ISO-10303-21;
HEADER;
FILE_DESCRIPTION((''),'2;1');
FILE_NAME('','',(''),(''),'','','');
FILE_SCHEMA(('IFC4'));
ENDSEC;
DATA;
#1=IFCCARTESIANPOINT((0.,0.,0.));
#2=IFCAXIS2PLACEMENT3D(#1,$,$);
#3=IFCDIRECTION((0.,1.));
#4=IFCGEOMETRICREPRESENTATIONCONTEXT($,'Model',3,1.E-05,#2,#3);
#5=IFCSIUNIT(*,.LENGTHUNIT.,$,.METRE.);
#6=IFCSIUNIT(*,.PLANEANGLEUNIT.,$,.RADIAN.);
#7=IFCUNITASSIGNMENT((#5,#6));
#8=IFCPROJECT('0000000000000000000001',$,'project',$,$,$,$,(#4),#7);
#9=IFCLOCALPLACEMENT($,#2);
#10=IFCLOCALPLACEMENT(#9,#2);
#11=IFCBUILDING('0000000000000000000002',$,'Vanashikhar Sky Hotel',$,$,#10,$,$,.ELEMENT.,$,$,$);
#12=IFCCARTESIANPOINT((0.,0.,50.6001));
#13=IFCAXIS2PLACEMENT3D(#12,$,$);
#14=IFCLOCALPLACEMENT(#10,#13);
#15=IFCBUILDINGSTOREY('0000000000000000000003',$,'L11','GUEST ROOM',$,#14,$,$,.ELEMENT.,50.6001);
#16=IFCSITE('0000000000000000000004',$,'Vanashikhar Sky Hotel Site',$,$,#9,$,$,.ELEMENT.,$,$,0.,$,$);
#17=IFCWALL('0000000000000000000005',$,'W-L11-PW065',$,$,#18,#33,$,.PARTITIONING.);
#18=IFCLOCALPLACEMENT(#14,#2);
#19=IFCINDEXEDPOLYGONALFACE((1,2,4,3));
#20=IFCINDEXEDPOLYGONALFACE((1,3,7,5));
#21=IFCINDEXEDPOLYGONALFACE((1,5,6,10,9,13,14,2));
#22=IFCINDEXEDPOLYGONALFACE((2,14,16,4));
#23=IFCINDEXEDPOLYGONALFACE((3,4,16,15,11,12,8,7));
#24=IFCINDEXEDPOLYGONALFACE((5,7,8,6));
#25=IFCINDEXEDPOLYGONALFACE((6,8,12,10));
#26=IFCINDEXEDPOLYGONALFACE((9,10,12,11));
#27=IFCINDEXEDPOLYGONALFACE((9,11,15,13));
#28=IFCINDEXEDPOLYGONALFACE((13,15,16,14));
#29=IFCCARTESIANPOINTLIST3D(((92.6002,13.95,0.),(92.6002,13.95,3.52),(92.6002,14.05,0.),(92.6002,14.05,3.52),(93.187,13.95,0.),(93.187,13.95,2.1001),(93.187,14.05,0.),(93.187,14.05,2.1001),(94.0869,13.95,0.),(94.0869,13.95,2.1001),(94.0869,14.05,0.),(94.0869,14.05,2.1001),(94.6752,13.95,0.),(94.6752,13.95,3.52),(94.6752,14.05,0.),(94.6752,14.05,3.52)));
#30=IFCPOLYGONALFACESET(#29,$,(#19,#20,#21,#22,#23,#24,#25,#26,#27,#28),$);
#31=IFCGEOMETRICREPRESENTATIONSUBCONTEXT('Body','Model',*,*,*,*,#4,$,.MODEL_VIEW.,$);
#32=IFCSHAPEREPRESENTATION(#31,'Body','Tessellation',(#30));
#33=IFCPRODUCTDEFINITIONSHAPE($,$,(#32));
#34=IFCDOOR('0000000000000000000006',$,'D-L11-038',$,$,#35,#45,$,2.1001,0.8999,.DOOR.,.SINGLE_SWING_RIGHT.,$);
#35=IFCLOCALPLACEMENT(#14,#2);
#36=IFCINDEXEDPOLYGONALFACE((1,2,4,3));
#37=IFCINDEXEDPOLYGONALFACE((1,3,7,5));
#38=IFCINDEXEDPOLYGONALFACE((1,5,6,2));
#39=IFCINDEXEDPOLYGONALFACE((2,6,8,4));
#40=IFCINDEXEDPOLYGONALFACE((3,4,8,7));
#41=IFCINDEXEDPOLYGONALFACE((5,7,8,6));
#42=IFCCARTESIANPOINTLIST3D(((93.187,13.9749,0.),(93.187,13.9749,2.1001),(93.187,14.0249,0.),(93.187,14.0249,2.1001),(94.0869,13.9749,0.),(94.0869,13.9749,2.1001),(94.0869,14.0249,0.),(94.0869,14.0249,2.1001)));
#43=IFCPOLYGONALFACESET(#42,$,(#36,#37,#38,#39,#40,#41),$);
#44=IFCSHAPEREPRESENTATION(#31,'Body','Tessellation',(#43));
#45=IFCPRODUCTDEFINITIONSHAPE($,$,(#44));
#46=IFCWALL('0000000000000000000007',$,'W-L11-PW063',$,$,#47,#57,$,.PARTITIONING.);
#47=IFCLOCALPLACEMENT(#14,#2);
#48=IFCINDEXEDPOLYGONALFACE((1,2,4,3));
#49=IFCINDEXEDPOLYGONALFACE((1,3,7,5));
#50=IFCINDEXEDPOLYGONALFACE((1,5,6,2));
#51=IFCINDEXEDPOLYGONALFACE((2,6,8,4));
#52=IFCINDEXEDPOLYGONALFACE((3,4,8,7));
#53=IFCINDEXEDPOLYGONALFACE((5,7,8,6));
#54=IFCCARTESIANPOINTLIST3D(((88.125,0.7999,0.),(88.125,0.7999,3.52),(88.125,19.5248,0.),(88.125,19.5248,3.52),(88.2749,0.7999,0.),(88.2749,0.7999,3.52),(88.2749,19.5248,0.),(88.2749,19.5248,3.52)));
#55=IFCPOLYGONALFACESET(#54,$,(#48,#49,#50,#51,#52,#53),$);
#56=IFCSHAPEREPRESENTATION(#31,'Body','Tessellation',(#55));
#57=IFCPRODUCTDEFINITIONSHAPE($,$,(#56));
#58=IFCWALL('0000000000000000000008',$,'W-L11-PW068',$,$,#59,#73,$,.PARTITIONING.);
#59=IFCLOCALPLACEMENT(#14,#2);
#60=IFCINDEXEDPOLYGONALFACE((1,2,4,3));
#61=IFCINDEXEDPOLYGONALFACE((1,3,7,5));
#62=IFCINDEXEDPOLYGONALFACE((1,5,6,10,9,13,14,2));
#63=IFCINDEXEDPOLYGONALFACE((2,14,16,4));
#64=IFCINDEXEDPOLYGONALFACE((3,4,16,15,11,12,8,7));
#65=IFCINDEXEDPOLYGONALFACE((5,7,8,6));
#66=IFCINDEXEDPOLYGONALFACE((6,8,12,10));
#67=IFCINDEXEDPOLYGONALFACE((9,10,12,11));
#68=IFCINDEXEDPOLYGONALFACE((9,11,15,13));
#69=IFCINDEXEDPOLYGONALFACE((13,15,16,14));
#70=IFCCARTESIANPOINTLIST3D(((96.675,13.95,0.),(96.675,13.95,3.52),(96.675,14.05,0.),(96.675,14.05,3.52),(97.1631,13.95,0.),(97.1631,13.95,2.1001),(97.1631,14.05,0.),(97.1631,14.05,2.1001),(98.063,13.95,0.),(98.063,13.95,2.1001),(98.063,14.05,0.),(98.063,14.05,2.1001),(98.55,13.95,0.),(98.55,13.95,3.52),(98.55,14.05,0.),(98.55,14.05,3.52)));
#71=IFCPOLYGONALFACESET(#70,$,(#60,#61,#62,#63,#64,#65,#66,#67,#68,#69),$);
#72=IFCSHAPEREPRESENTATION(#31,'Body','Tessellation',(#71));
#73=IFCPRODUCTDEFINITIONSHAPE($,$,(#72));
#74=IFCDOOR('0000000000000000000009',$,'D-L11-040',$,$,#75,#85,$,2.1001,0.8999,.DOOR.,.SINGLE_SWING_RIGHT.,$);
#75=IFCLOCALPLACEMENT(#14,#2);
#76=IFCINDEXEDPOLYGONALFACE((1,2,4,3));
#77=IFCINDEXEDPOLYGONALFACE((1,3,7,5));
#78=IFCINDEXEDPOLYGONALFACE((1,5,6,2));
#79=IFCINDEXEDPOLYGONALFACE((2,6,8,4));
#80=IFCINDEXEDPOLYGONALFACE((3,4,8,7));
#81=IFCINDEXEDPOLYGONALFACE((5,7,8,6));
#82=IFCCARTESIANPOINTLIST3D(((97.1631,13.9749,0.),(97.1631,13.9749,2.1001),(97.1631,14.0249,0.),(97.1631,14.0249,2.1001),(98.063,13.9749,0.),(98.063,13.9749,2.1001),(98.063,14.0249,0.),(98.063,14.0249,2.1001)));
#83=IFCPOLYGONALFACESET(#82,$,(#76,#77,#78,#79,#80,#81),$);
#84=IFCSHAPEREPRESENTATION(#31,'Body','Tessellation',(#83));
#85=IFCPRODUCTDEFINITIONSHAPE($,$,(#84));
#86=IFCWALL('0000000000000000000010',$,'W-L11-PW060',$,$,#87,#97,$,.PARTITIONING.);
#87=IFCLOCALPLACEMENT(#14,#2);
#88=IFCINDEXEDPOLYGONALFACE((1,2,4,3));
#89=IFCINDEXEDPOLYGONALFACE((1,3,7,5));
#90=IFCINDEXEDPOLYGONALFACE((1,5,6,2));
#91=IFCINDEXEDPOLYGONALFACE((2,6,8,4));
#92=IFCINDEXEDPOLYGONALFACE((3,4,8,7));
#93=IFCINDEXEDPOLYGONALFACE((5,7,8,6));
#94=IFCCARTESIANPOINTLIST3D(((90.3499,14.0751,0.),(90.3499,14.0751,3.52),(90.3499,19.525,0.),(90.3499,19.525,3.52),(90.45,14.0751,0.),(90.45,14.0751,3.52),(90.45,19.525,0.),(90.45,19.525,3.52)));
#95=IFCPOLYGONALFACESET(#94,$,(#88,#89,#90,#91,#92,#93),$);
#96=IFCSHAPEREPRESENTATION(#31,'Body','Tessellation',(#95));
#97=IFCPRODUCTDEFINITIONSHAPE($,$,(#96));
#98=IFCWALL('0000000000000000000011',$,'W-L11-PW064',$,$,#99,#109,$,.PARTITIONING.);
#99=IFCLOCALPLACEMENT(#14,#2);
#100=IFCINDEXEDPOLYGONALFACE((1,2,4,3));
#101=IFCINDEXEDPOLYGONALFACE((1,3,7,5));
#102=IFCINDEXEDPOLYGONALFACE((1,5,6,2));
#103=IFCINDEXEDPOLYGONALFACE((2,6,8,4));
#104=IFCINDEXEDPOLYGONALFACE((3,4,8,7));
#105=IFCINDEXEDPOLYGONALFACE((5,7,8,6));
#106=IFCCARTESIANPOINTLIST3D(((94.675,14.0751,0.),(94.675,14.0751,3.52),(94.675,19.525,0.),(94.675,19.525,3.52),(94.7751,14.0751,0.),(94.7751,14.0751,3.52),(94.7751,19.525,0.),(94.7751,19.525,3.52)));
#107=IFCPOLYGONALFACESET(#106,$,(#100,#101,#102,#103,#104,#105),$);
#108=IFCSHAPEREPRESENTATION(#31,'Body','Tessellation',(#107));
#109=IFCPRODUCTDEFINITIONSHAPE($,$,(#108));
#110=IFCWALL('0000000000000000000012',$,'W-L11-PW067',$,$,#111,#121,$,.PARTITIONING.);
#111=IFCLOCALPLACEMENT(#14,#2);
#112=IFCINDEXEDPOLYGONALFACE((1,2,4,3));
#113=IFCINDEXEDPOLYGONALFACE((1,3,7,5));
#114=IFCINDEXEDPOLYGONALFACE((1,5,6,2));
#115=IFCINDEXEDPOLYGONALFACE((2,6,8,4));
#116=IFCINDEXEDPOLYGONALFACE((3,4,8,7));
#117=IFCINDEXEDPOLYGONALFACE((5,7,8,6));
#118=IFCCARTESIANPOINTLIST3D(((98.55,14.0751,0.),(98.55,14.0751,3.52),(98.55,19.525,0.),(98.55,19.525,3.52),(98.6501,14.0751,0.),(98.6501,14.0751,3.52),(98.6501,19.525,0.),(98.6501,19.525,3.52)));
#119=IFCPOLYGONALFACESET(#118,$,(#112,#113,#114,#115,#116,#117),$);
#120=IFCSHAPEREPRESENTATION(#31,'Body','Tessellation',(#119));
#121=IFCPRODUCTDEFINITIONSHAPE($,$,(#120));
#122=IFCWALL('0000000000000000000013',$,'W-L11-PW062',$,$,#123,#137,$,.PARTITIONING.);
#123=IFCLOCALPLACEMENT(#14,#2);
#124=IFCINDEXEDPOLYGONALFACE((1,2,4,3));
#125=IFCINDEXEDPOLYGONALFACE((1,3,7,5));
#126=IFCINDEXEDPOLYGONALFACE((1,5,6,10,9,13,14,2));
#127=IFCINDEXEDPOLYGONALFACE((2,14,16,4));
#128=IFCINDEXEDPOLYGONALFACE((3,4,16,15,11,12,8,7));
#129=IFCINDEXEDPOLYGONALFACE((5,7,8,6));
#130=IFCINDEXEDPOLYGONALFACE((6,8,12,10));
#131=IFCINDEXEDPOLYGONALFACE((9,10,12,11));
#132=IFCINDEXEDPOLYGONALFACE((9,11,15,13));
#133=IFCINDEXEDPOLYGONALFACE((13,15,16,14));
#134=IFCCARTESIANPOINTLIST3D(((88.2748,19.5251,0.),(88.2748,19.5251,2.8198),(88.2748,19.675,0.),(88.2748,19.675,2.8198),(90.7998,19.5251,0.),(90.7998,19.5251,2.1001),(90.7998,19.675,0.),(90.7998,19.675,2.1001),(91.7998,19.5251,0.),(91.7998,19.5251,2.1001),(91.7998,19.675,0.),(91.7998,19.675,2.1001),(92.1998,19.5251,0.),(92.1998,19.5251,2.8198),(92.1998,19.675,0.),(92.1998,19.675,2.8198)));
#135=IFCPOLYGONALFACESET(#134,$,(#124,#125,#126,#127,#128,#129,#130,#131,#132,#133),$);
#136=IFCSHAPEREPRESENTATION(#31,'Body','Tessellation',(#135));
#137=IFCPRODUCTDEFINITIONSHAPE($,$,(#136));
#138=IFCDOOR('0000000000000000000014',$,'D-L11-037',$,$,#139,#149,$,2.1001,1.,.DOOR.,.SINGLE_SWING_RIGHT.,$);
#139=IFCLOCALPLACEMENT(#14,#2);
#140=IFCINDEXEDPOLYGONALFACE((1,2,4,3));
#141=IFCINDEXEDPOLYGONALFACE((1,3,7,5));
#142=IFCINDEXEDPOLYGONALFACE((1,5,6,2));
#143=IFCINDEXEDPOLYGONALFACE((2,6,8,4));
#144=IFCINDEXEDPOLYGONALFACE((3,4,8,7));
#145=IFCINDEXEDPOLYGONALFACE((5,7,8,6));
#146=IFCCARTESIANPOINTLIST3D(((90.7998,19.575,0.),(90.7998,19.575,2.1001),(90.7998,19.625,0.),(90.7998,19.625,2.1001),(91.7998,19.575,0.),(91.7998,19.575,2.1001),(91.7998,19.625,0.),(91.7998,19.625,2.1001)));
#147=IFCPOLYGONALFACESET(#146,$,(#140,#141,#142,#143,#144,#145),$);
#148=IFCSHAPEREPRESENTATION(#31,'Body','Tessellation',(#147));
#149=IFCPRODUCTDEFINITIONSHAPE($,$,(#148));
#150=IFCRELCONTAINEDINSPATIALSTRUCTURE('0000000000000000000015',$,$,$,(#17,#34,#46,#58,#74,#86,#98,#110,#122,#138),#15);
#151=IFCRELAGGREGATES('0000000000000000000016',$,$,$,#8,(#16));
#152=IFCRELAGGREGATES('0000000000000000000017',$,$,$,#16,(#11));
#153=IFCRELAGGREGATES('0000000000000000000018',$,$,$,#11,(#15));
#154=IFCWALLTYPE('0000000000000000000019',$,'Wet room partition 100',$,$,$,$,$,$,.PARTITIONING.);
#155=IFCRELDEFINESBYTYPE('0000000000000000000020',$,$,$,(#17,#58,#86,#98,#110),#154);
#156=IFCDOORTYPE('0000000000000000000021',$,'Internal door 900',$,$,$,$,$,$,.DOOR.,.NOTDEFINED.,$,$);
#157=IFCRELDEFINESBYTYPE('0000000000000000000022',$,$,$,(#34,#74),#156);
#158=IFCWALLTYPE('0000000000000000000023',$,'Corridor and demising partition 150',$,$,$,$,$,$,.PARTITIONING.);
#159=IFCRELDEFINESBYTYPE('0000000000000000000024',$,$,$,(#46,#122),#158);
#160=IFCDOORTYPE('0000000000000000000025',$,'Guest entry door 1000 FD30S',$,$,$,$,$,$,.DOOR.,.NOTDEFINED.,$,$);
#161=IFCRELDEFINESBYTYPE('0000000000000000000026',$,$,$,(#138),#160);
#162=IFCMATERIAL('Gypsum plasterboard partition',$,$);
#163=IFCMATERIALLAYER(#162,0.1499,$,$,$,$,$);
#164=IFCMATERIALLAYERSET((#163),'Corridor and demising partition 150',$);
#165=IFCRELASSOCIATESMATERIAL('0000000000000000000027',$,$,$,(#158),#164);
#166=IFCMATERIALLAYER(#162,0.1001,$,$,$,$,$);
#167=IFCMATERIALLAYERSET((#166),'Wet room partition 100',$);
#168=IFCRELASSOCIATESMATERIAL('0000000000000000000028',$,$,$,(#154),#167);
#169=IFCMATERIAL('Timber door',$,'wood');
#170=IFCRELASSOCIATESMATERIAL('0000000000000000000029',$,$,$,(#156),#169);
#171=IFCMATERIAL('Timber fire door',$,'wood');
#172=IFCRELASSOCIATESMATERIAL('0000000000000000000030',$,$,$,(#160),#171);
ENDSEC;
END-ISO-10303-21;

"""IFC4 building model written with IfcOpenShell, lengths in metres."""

from ifc_helpers import new_model, si_unit, direction, frame, frame_2d, origin, place, context, subcontext, project, spatial, rectangle, extrude, source, transform, mapped, material, layer, layer_set, type_object, element, fill, save


model = new_model("IFC4")

# Units and contexts
model_context = context("Model", 3, precision=1e-05, world=origin(), true_north=direction((0.0, 1.0)))
body_context = subcontext(model_context, "Body", "Model", "MODEL_VIEW")
ifc_project = project(units=[si_unit("LENGTHUNIT", "METRE"), si_unit("PLANEANGLEUNIT", "RADIAN")], contexts=[model_context])

# Site, building, storey
site_placement = place(None, origin())
site = spatial("IfcSite", under=ifc_project, at=site_placement, Name="Vanashikhar Sky Hotel Site", CompositionType="ELEMENT", RefElevation=0.0)
building_placement = place(site_placement, origin())
building = spatial("IfcBuilding", under=site, at=building_placement, Name="Vanashikhar Sky Hotel", CompositionType="ELEMENT")
storey_placement = place(building_placement, frame((0.0, 0.0, 50.6001)))
storey = spatial("IfcBuildingStorey", under=building, at=storey_placement, Name="L11", Description="GUEST ROOM", CompositionType="ELEMENT", Elevation=50.6001)

# Shared definitions
ifc_material_1 = material(Name="Gypsum plasterboard partition")
ifc_layer_1 = layer(ifc_material_1, 0.1499)
ifc_layer_set_1 = layer_set([ifc_layer_1], Name="Corridor and demising partition 150")
wall_type_1 = type_object("IfcWallType", Name="Corridor and demising partition 150", PredefinedType="PARTITIONING", material=ifc_layer_set_1)

# Wall, opening, door
ifc_layer_2 = layer(ifc_material_1, 0.1001)
ifc_layer_set_2 = layer_set([ifc_layer_2], Name="Wet room partition 100")
wall_type_2 = type_object("IfcWallType", Name="Wet room partition 100", PredefinedType="PARTITIONING", material=ifc_layer_set_2)
shared_shape_1 = source(origin(), body_context, "Body", "SweptSolid", [
    extrude(rectangle(XDim=2.075, YDim=0.1001, at=frame_2d((1.0376, 0.0))), origin(), (0.0, 0.0, 1.0), 3.52),
])
wall_1_placement = place(storey_placement, frame((92.6001, 14.0, 0.0), z_axis=(0.0, 0.0, 1.0), x_axis=(1.0, 0.0, 0.0)))
wall_1 = element("IfcWall", 1, at=wall_1_placement, inside=storey, type_object=wall_type_2, Name="W-L11-PW065", PredefinedType="PARTITIONING", context=body_context, shape_type="MappedRepresentation", body=[
    mapped(shared_shape_1, transform((0.0, 0.0, 0.0), scale=1.0)),
])
shared_shape_2 = source(origin(), body_context, "Body", "SweptSolid", [
    extrude(rectangle(XDim=0.8999, YDim=2.1001, at=frame_2d((0.45, 1.05))), frame((0.0, 0.0601, 0.0), z_axis=(0.0, -1.0, 0.0), x_axis=(1.0, 0.0, 0.0)), (0.0, 0.0, 1.0), 0.1201),
])
opening_1_placement = place(wall_1_placement, frame((0.5869, 0.0, 0.0)))
opening_1 = element("IfcOpeningElement", 2, at=opening_1_placement, cuts=wall_1, PredefinedType="OPENING", context=body_context, shape_type="MappedRepresentation", body=[
    mapped(shared_shape_2, transform((0.0, 0.0, 0.0), scale=1.0)),
])
ifc_material_2 = material(Name="Timber door", Category="wood")
door_type_1 = type_object("IfcDoorType", Name="Internal door 900", OperationType="NOTDEFINED", PredefinedType="DOOR", material=ifc_material_2)
shared_shape_3 = source(origin(), body_context, "Body", "SweptSolid", [
    extrude(rectangle(XDim=0.8999, YDim=2.1001, at=frame_2d((0.45, 1.05))), frame((0.0, 0.0249, 0.0), z_axis=(0.0, -1.0, 0.0), x_axis=(1.0, 0.0, 0.0)), (0.0, 0.0, 1.0), 0.05),
])
door_1_placement = place(opening_1_placement, origin())
door_1 = element("IfcDoor", 3, at=door_1_placement, inside=storey, type_object=door_type_1, Name="D-L11-038", OperationType="SINGLE_SWING_RIGHT", OverallHeight=2.1001, OverallWidth=0.8999, PredefinedType="DOOR", context=body_context, shape_type="MappedRepresentation", body=[
    mapped(shared_shape_3, transform((0.0, 0.0, 0.0), scale=1.0)),
])
fill(opening_1, door_1)

# Wall
shared_shape_4 = source(origin(), body_context, "Body", "SweptSolid", [
    extrude(rectangle(XDim=18.7249, YDim=0.1499, at=frame_2d((9.3623, 0.0))), origin(), (0.0, 0.0, 1.0), 3.52),
])
wall_2_placement = place(storey_placement, frame((88.2, 0.8, 0.0), z_axis=(0.0, 0.0, 1.0), x_axis=(0.0, 1.0, 0.0)))
element("IfcWall", 4, at=wall_2_placement, inside=storey, type_object=wall_type_1, Name="W-L11-PW063", PredefinedType="PARTITIONING", context=body_context, shape_type="MappedRepresentation", body=[
    mapped(shared_shape_4, transform((0.0, 0.0, 0.0), scale=1.0)),
])

# Wall, opening, door
shared_shape_5 = source(origin(), body_context, "Body", "SweptSolid", [
    extrude(rectangle(XDim=1.875, YDim=0.1001, at=frame_2d((0.9375, 0.0))), origin(), (0.0, 0.0, 1.0), 3.52),
])
wall_3_placement = place(storey_placement, frame((96.675, 14.0, 0.0), z_axis=(0.0, 0.0, 1.0), x_axis=(1.0, 0.0, 0.0)))
wall_3 = element("IfcWall", 5, at=wall_3_placement, inside=storey, type_object=wall_type_2, Name="W-L11-PW068", PredefinedType="PARTITIONING", context=body_context, shape_type="MappedRepresentation", body=[
    mapped(shared_shape_5, transform((0.0, 0.0, 0.0), scale=1.0)),
])
opening_2_placement = place(wall_3_placement, frame((0.488, 0.0, 0.0)))
opening_2 = element("IfcOpeningElement", 6, at=opening_2_placement, cuts=wall_3, PredefinedType="OPENING", context=body_context, shape_type="MappedRepresentation", body=[
    mapped(shared_shape_2, transform((0.0, 0.0, 0.0), scale=1.0)),
])
door_2_placement = place(opening_2_placement, origin())
door_2 = element("IfcDoor", 7, at=door_2_placement, inside=storey, type_object=door_type_1, Name="D-L11-040", OperationType="SINGLE_SWING_RIGHT", OverallHeight=2.1001, OverallWidth=0.8999, PredefinedType="DOOR", context=body_context, shape_type="MappedRepresentation", body=[
    mapped(shared_shape_3, transform((0.0, 0.0, 0.0), scale=1.0)),
])
fill(opening_2, door_2)

# Walls
shared_shape_6 = source(origin(), body_context, "Body", "SweptSolid", [
    extrude(rectangle(XDim=5.45, YDim=0.1001, at=frame_2d((2.7251, 0.0))), origin(), (0.0, 0.0, 1.0), 3.52),
])
for number, where, z_axis, x_axis, name in (
    (8, (90.3999, 14.075, 0.0), (0.0, 0.0, 1.0), (0.0, 1.0, 0.0), "W-L11-PW060"),
    (9, (94.7251, 14.075, 0.0), (0.0, 0.0, 1.0), (0.0, 1.0, 0.0), "W-L11-PW064"),
    (10, (98.6001, 14.075, 0.0), (0.0, 0.0, 1.0), (0.0, 1.0, 0.0), "W-L11-PW067"),
):
    element("IfcWall", number, at=place(storey_placement, frame(where, z_axis=z_axis, x_axis=x_axis)), inside=storey, type_object=wall_type_2, Name=name, PredefinedType="PARTITIONING", context=body_context, shape_type="MappedRepresentation", body=[
        mapped(shared_shape_6, transform((0.0, 0.0, 0.0), scale=1.0)),
    ])

# Wall, opening, door
shared_shape_7 = source(origin(), body_context, "Body", "SweptSolid", [
    extrude(rectangle(XDim=3.925, YDim=0.1499, at=frame_2d((1.9624, 0.0))), origin(), (0.0, 0.0, 1.0), 2.8198),
])
wall_4_placement = place(storey_placement, frame((88.2749, 19.6001, 0.0), z_axis=(0.0, 0.0, 1.0), x_axis=(1.0, 0.0, 0.0)))
wall_4 = element("IfcWall", 11, at=wall_4_placement, inside=storey, type_object=wall_type_1, Name="W-L11-PW062", PredefinedType="PARTITIONING", context=body_context, shape_type="MappedRepresentation", body=[
    mapped(shared_shape_7, transform((0.0, 0.0, 0.0), scale=1.0)),
])
shared_shape_8 = source(origin(), body_context, "Body", "SweptSolid", [
    extrude(rectangle(XDim=1.0, YDim=2.1001, at=frame_2d((0.5, 1.05))), frame((0.0, 0.085, 0.0), z_axis=(0.0, -1.0, 0.0), x_axis=(1.0, 0.0, 0.0)), (0.0, 0.0, 1.0), 0.1699),
])
opening_3_placement = place(wall_4_placement, frame((2.5249, 0.0, 0.0)))
opening_3 = element("IfcOpeningElement", 12, at=opening_3_placement, cuts=wall_4, PredefinedType="OPENING", context=body_context, shape_type="MappedRepresentation", body=[
    mapped(shared_shape_8, transform((0.0, 0.0, 0.0), scale=1.0)),
])
ifc_material_3 = material(Name="Timber fire door", Category="wood")
door_type_2 = type_object("IfcDoorType", Name="Guest entry door 1000 FD30S", OperationType="NOTDEFINED", PredefinedType="DOOR", material=ifc_material_3)
shared_shape_9 = source(origin(), body_context, "Body", "SweptSolid", [
    extrude(rectangle(XDim=1.0, YDim=2.1001, at=frame_2d((0.5, 1.05))), frame((0.0, 0.0249, 0.0), z_axis=(0.0, -1.0, 0.0), x_axis=(1.0, 0.0, 0.0)), (0.0, 0.0, 1.0), 0.05),
])
door_3_placement = place(opening_3_placement, origin())
door_3 = element("IfcDoor", 13, at=door_3_placement, inside=storey, type_object=door_type_2, Name="D-L11-037", OperationType="SINGLE_SWING_RIGHT", OverallHeight=2.1001, OverallWidth=1.0, PredefinedType="DOOR", context=body_context, shape_type="MappedRepresentation", body=[
    mapped(shared_shape_9, transform((0.0, 0.0, 0.0), scale=1.0)),
])
fill(opening_3, door_3)

save(model, "model.ifc")
